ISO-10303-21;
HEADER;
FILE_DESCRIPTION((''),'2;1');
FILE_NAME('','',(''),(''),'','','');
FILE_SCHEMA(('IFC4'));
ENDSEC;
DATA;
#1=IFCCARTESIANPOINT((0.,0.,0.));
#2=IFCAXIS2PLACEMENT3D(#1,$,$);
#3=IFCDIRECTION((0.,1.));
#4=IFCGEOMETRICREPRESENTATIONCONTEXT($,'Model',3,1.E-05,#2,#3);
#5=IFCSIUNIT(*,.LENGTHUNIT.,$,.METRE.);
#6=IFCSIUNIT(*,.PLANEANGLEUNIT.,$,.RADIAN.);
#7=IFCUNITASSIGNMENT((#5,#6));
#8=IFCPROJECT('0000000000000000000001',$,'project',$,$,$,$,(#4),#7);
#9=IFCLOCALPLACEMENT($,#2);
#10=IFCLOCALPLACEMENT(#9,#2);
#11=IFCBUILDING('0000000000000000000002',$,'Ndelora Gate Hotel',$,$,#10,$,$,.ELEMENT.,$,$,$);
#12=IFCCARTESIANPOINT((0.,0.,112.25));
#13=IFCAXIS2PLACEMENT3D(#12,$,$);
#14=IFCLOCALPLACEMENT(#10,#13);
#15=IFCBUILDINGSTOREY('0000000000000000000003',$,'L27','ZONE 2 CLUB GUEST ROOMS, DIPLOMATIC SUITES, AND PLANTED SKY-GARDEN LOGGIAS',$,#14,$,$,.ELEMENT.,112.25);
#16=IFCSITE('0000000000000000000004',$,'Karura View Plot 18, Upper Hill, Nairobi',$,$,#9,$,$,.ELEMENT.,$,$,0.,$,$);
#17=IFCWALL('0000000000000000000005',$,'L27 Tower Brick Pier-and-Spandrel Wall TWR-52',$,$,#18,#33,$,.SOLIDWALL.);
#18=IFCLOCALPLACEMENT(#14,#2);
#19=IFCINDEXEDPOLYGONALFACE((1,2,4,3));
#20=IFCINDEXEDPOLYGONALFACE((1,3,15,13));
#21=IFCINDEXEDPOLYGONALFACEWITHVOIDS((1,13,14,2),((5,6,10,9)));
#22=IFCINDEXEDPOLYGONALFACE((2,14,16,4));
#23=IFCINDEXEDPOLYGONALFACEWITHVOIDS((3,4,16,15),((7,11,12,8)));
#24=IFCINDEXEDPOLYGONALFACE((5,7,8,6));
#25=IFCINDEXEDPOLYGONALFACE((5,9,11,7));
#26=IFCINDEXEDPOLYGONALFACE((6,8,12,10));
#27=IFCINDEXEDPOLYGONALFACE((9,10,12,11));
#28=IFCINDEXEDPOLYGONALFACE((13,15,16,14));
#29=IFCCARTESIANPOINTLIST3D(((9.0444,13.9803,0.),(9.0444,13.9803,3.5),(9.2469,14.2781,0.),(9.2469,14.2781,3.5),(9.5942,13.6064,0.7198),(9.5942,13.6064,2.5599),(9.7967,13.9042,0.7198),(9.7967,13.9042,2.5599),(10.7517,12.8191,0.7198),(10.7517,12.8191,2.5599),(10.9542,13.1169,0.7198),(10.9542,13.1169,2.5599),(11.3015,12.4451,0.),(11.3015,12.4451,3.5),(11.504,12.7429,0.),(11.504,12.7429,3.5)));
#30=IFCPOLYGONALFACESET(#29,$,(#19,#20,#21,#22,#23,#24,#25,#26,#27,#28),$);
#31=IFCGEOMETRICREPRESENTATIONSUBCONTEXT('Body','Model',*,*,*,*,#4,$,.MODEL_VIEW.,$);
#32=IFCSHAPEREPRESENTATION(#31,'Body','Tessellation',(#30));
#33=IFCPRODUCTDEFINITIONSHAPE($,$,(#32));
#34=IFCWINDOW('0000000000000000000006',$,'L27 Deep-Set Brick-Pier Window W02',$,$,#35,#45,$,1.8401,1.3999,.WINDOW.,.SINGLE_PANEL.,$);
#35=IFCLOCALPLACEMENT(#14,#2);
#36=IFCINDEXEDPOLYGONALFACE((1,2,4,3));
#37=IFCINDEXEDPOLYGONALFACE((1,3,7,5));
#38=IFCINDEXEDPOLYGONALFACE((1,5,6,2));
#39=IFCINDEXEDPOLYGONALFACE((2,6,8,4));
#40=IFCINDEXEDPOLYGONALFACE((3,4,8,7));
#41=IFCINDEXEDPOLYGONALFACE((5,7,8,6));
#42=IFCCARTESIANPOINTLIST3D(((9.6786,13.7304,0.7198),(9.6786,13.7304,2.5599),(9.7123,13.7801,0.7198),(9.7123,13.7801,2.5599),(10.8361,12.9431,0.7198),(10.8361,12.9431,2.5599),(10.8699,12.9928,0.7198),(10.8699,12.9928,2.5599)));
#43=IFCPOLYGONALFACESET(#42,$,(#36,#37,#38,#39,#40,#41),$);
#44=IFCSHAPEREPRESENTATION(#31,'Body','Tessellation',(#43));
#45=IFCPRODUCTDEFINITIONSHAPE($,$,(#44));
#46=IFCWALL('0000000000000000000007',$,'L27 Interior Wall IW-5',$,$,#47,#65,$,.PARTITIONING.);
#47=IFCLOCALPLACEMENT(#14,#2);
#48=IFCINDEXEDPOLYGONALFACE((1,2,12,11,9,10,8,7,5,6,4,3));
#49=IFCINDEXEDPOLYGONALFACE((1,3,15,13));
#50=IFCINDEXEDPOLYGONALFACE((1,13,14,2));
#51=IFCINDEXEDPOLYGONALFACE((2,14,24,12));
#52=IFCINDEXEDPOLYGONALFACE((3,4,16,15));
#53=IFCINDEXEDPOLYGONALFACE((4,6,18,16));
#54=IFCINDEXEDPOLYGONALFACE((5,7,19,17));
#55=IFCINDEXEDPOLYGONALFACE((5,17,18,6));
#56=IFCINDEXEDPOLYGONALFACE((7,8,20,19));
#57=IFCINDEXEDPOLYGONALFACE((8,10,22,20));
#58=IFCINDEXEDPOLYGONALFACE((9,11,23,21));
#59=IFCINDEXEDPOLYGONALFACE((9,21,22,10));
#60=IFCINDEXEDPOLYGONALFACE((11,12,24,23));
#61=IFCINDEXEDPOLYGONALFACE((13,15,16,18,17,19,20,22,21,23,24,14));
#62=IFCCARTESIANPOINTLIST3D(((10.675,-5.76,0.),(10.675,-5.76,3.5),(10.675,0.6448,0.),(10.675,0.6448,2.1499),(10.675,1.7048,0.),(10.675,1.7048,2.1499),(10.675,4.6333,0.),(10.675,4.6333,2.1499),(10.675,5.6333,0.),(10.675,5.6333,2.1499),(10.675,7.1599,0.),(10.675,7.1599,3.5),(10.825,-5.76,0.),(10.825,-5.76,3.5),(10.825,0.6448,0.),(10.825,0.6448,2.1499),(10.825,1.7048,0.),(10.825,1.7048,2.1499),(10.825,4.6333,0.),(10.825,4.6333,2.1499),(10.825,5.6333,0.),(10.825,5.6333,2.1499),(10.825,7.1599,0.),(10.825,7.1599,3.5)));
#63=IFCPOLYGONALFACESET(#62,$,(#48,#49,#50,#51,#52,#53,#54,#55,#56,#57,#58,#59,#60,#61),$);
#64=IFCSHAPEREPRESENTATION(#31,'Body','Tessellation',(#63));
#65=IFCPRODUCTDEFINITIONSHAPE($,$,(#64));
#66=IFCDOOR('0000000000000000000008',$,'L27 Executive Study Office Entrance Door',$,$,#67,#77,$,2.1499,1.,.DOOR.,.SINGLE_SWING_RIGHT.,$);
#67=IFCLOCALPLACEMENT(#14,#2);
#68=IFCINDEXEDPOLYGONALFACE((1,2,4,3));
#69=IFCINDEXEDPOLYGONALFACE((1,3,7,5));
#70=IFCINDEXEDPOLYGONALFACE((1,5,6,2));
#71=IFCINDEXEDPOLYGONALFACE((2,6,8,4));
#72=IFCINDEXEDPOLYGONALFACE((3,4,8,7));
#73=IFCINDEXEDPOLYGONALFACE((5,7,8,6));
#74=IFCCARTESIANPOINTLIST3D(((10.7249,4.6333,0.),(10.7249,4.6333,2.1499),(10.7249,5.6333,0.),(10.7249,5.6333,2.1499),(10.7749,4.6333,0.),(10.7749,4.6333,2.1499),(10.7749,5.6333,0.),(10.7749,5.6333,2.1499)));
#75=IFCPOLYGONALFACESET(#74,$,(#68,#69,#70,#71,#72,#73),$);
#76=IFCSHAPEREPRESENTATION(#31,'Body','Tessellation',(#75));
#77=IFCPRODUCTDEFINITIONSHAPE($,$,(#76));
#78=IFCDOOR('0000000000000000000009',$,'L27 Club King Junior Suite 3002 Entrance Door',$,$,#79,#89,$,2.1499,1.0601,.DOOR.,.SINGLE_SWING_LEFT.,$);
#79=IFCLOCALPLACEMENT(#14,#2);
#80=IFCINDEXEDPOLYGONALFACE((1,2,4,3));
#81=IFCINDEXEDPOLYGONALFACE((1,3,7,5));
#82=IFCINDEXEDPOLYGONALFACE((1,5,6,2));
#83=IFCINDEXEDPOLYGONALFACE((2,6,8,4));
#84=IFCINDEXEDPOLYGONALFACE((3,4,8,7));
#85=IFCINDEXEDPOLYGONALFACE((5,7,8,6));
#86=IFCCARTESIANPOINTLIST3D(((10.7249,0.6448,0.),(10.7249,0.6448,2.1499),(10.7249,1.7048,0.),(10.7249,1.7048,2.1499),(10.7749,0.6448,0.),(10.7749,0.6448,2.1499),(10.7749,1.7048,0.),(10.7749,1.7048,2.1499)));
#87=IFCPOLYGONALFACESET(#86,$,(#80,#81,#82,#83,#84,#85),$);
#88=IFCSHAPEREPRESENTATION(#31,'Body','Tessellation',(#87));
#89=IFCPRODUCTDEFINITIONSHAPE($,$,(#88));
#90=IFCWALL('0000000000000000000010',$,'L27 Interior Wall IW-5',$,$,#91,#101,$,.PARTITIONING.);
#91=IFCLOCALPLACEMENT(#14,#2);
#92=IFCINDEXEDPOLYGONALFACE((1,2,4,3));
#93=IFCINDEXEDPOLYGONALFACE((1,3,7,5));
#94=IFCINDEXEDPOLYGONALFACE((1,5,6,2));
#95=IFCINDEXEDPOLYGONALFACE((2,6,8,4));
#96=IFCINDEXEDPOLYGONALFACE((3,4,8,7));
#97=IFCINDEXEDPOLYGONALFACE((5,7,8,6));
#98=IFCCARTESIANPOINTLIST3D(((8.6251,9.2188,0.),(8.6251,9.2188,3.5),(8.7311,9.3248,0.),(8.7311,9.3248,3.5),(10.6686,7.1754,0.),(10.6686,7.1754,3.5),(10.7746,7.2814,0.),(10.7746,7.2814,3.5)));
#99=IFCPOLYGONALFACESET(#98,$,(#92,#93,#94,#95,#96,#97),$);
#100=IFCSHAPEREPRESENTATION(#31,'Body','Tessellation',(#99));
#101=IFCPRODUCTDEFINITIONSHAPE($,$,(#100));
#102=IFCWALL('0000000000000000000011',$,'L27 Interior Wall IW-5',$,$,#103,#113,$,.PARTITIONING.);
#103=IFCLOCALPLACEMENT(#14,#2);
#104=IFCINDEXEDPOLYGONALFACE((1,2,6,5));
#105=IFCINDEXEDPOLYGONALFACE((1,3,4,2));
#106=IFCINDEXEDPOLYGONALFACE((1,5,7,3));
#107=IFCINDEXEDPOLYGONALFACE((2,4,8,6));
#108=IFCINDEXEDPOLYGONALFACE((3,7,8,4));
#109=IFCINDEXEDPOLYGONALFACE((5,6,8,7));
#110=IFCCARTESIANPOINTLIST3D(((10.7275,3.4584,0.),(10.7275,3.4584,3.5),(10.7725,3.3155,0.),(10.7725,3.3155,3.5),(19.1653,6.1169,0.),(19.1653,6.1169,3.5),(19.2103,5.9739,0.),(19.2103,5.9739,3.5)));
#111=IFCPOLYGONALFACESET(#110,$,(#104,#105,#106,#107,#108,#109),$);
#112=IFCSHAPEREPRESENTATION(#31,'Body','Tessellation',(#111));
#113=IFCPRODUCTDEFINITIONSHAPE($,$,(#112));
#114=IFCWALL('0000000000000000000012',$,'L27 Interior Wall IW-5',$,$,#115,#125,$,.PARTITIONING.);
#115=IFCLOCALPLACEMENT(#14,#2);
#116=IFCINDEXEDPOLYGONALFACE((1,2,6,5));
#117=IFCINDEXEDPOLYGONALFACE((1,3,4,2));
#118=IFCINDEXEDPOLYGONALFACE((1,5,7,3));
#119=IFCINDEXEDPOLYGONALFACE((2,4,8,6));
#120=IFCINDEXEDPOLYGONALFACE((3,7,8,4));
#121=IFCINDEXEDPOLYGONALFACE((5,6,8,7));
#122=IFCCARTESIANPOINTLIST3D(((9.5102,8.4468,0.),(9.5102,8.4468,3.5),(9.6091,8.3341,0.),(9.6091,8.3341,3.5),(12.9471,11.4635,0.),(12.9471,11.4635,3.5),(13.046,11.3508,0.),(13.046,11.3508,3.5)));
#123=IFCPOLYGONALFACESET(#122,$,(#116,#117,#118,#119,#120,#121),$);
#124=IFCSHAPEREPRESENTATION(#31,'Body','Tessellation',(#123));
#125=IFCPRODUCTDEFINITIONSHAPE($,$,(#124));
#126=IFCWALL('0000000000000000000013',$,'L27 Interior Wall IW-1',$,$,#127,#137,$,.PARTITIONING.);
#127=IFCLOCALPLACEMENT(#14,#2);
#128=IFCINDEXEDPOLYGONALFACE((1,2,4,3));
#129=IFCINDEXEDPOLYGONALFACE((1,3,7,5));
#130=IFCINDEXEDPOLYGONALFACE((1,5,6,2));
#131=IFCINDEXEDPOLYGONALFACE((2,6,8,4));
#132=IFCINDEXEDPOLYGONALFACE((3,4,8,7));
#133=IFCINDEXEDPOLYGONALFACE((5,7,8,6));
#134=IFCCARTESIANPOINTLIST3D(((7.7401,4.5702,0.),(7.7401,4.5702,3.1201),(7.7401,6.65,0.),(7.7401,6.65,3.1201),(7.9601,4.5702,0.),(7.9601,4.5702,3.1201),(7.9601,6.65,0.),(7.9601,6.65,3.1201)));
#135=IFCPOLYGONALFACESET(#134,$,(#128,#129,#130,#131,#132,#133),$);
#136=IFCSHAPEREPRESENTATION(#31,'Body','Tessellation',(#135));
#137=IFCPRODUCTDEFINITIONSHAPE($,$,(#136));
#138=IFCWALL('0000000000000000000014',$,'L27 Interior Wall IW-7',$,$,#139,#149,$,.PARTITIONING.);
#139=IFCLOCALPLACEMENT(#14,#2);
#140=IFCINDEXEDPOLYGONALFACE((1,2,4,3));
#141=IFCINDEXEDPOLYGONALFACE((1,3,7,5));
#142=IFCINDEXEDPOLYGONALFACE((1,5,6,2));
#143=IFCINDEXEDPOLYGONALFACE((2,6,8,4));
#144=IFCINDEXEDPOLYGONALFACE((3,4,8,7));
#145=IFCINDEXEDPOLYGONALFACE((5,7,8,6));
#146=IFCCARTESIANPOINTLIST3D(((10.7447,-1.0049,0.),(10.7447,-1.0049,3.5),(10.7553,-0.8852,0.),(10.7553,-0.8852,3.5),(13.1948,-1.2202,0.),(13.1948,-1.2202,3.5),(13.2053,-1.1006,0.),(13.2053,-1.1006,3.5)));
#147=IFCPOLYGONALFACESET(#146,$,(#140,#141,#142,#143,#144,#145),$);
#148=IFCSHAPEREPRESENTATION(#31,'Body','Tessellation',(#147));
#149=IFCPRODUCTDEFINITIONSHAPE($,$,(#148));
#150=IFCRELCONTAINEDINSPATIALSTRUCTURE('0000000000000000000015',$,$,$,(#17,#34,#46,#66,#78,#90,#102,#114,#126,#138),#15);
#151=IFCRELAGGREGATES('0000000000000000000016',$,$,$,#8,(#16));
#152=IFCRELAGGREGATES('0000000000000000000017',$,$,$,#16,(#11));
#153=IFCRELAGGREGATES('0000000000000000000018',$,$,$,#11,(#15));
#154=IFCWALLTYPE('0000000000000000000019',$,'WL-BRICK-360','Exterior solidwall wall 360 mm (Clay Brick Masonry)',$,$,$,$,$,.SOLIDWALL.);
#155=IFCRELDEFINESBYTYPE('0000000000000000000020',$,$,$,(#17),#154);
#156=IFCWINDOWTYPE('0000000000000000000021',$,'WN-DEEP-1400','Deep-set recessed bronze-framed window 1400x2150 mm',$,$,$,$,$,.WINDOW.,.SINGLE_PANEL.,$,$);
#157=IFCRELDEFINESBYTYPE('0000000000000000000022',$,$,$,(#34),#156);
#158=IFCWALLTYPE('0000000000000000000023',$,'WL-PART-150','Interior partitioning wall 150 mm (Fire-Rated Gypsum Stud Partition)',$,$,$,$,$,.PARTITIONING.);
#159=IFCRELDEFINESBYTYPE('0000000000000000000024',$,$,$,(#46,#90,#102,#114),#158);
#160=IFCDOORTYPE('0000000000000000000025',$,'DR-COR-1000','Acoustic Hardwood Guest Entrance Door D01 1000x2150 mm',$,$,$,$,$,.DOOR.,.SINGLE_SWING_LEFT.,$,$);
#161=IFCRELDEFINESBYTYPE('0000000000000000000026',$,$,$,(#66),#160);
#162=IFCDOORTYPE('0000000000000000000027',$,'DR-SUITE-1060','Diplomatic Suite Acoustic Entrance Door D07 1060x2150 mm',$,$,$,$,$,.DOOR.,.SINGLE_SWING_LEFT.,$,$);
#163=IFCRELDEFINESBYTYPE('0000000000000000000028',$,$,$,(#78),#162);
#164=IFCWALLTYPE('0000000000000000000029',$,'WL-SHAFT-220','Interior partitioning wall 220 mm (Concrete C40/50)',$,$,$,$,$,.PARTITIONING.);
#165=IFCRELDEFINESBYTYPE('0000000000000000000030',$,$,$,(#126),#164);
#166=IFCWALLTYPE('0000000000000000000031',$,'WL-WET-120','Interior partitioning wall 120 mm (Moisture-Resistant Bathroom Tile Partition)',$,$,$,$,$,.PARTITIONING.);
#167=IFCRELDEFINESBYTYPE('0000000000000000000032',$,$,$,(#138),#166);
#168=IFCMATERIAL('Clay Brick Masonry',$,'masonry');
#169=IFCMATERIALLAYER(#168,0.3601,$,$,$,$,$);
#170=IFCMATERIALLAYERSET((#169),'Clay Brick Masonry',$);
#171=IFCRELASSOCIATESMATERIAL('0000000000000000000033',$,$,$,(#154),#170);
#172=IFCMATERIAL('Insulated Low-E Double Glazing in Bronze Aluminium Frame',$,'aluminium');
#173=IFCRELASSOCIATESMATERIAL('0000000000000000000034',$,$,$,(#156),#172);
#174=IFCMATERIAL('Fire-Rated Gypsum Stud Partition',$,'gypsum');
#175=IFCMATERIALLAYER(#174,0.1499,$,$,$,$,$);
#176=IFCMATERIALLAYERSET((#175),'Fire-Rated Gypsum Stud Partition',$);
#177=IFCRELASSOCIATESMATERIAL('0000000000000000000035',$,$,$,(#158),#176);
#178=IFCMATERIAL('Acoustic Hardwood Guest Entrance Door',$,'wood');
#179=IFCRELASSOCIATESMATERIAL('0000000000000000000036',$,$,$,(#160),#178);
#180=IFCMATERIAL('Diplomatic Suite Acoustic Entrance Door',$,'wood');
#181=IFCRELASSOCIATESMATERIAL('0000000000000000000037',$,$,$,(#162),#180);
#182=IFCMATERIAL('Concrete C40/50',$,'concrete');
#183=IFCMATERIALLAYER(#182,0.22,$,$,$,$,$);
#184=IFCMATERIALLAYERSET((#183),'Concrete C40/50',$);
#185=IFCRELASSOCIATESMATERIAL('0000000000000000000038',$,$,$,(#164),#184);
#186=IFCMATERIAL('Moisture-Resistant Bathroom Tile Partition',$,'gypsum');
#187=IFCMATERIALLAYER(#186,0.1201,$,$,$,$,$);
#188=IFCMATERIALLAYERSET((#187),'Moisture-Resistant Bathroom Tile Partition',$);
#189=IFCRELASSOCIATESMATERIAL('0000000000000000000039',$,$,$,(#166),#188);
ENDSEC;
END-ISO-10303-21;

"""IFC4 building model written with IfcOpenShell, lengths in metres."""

from ifc_helpers import new_model, si_unit, direction, frame, frame_2d, origin, place, context, subcontext, project, spatial, rectangle, extrude, material, layer, layer_set, type_object, element, fill, save


model = new_model("IFC4")

# Units and contexts
model_context = context("Model", 3, precision=1e-05, world=origin(), true_north=direction((0.0, 1.0)))
body_context = subcontext(model_context, "Body", "Model", "MODEL_VIEW")
ifc_project = project(units=[si_unit("LENGTHUNIT", "METRE"), si_unit("PLANEANGLEUNIT", "RADIAN")], contexts=[model_context])

# Site, building, storey
site_placement = place(None, origin())
site = spatial("IfcSite", under=ifc_project, at=site_placement, Name="Karura View Plot 18, Upper Hill, Nairobi", CompositionType="ELEMENT", RefElevation=0.0)
building_placement = place(site_placement, origin())
building = spatial("IfcBuilding", under=site, at=building_placement, Name="Ndelora Gate Hotel", CompositionType="ELEMENT")
storey_placement = place(building_placement, frame((0.0, 0.0, 112.25)))
storey = spatial("IfcBuildingStorey", under=building, at=storey_placement, Name="L27", Description="ZONE 2 CLUB GUEST ROOMS, DIPLOMATIC SUITES, AND PLANTED SKY-GARDEN LOGGIAS", CompositionType="ELEMENT", Elevation=112.25)

# Wall, opening, window
ifc_material_1 = material(Name="Clay Brick Masonry", Category="masonry")
ifc_layer_1 = layer(ifc_material_1, 0.3601)
ifc_layer_set_1 = layer_set([ifc_layer_1], Name="Clay Brick Masonry")
wall_type_1 = type_object("IfcWallType", Name="WL-BRICK-360", Description="Exterior solidwall wall 360 mm (Clay Brick Masonry)", PredefinedType="SOLIDWALL", material=ifc_layer_set_1)
ifc_material_2 = material(Name="Insulated Low-E Double Glazing in Bronze Aluminium Frame", Category="aluminium")
window_type = type_object("IfcWindowType", Name="WN-DEEP-1400", Description="Deep-set recessed bronze-framed window 1400x2150 mm", PartitioningType="SINGLE_PANEL", PredefinedType="WINDOW", material=ifc_material_2)
wall_1_placement = place(storey_placement, frame((9.1458, 14.1292, 0.0), z_axis=(0.0, 0.0, 1.0), x_axis=(0.826868, -0.562396, 0.0)))
wall_1 = element("IfcWall", 1, at=wall_1_placement, inside=storey, type_object=wall_type_1, Name="L27 Tower Brick Pier-and-Spandrel Wall TWR-52", PredefinedType="SOLIDWALL", context=body_context, shape_type="SweptSolid", body=[
    extrude(rectangle(XDim=2.7297, YDim=0.3601, at=frame_2d((1.3647, 0.0))), origin(), (0.0, 0.0, 1.0), 3.5),
])
opening_1_placement = place(wall_1_placement, frame((0.6648, 0.0, 0.72)))
opening_1 = element("IfcOpeningElement", 2, at=opening_1_placement, cuts=wall_1, PredefinedType="OPENING", context=body_context, shape_type="SweptSolid", body=[
    extrude(rectangle(XDim=1.3999, YDim=1.8401, at=frame_2d((0.7, 0.9199))), frame((0.0, 0.1899, 0.0), z_axis=(0.0, -1.0, 0.0), x_axis=(1.0, 0.0, 0.0)), (0.0, 0.0, 1.0), 0.3801),
])
window_1_placement = place(opening_1_placement, origin())
window_1 = element("IfcWindow", 3, at=window_1_placement, inside=storey, type_object=window_type, Name="L27 Deep-Set Brick-Pier Window W02", OverallHeight=1.8401, OverallWidth=1.3999, PartitioningType="SINGLE_PANEL", PredefinedType="WINDOW", context=body_context, shape_type="SweptSolid", body=[
    extrude(rectangle(XDim=1.3999, YDim=1.8401, at=frame_2d((0.7, 0.9199))), frame((0.0, 0.03, 0.0), z_axis=(0.0, -1.0, 0.0), x_axis=(1.0, 0.0, 0.0)), (0.0, 0.0, 1.0), 0.0601),
])
fill(opening_1, window_1)

# Shared definitions
ifc_material_3 = material(Name="Concrete C40/50", Category="concrete")

# Wall, openings, doors
ifc_material_4 = material(Name="Fire-Rated Gypsum Stud Partition", Category="gypsum")
ifc_layer_2 = layer(ifc_material_4, 0.1499)
ifc_layer_set_2 = layer_set([ifc_layer_2], Name="Fire-Rated Gypsum Stud Partition")
wall_type_2 = type_object("IfcWallType", Name="WL-PART-150", Description="Interior partitioning wall 150 mm (Fire-Rated Gypsum Stud Partition)", PredefinedType="PARTITIONING", material=ifc_layer_set_2)
wall_2_placement = place(storey_placement, frame((10.75, 7.1599, 0.0), z_axis=(0.0, 0.0, 1.0), x_axis=(0.0, -1.0, 0.0)))
wall_2 = element("IfcWall", 4, at=wall_2_placement, inside=storey, type_object=wall_type_2, Name="L27 Interior Wall IW-5", PredefinedType="PARTITIONING", context=body_context, shape_type="SweptSolid", body=[
    extrude(rectangle(XDim=12.9199, YDim=0.1499, at=frame_2d((6.46, 0.0))), origin(), (0.0, 0.0, 1.0), 3.5),
])
opening_2_placement = place(wall_2_placement, frame((1.5266, 0.0, 0.0)))
opening_2 = element("IfcOpeningElement", 5, at=opening_2_placement, cuts=wall_2, PredefinedType="OPENING", context=body_context, shape_type="SweptSolid", body=[
    extrude(rectangle(XDim=1.0, YDim=2.1499, at=frame_2d((0.5, 1.075))), frame((0.0, 0.085, 0.0), z_axis=(0.0, -1.0, 0.0), x_axis=(1.0, 0.0, 0.0)), (0.0, 0.0, 1.0), 0.1699),
])
opening_3_placement = place(wall_2_placement, frame((5.4551, 0.0, 0.0)))
opening_3 = element("IfcOpeningElement", 6, at=opening_3_placement, cuts=wall_2, PredefinedType="OPENING", context=body_context, shape_type="SweptSolid", body=[
    extrude(rectangle(XDim=1.0601, YDim=2.1499, at=frame_2d((0.53, 1.075))), frame((0.0, 0.085, 0.0), z_axis=(0.0, -1.0, 0.0), x_axis=(1.0, 0.0, 0.0)), (0.0, 0.0, 1.0), 0.1699),
])
ifc_material_5 = material(Name="Acoustic Hardwood Guest Entrance Door", Category="wood")
door_type_1 = type_object("IfcDoorType", Name="DR-COR-1000", Description="Acoustic Hardwood Guest Entrance Door D01 1000x2150 mm", OperationType="SINGLE_SWING_LEFT", PredefinedType="DOOR", material=ifc_material_5)
door_1_placement = place(opening_2_placement, origin())
door_1 = element("IfcDoor", 7, at=door_1_placement, inside=storey, type_object=door_type_1, Name="L27 Executive Study Office Entrance Door", OperationType="SINGLE_SWING_RIGHT", OverallHeight=2.1499, OverallWidth=1.0, PredefinedType="DOOR", context=body_context, shape_type="SweptSolid", body=[
    extrude(rectangle(XDim=1.0, YDim=2.1499, at=frame_2d((0.5, 1.075))), frame((0.0, 0.0249, 0.0), z_axis=(0.0, -1.0, 0.0), x_axis=(1.0, 0.0, 0.0)), (0.0, 0.0, 1.0), 0.05),
])
fill(opening_2, door_1)
ifc_material_6 = material(Name="Diplomatic Suite Acoustic Entrance Door", Category="wood")
door_type_2 = type_object("IfcDoorType", Name="DR-SUITE-1060", Description="Diplomatic Suite Acoustic Entrance Door D07 1060x2150 mm", OperationType="SINGLE_SWING_LEFT", PredefinedType="DOOR", material=ifc_material_6)
door_2_placement = place(opening_3_placement, origin())
door_2 = element("IfcDoor", 8, at=door_2_placement, inside=storey, type_object=door_type_2, Name="L27 Club King Junior Suite 3002 Entrance Door", OperationType="SINGLE_SWING_LEFT", OverallHeight=2.1499, OverallWidth=1.0601, PredefinedType="DOOR", context=body_context, shape_type="SweptSolid", body=[
    extrude(rectangle(XDim=1.0601, YDim=2.1499, at=frame_2d((0.53, 1.075))), frame((0.0, 0.0249, 0.0), z_axis=(0.0, -1.0, 0.0), x_axis=(1.0, 0.0, 0.0)), (0.0, 0.0, 1.0), 0.05),
])
fill(opening_3, door_2)

# Walls
wall_3_placement = place(storey_placement, frame((8.6782, 9.2717, 0.0), z_axis=(0.0, 0.0, 1.0), x_axis=(0.707107, -0.707107, 0.0)))
element("IfcWall", 9, at=wall_3_placement, inside=storey, type_object=wall_type_2, Name="L27 Interior Wall IW-5", PredefinedType="PARTITIONING", context=body_context, shape_type="SweptSolid", body=[
    extrude(rectangle(XDim=2.8899, YDim=0.1499, at=frame_2d((1.4448, 0.0))), origin(), (0.0, 0.0, 1.0), 3.5),
])
wall_4_placement = place(storey_placement, frame((10.75, 3.387, 0.0), z_axis=(0.0, 0.0, 1.0), x_axis=(0.953781, 0.300504, 0.0)))
element("IfcWall", 10, at=wall_4_placement, inside=storey, type_object=wall_type_2, Name="L27 Interior Wall IW-5", PredefinedType="PARTITIONING", context=body_context, shape_type="SweptSolid", body=[
    extrude(rectangle(XDim=8.8467, YDim=0.1499, at=frame_2d((4.4233, 0.0))), origin(), (0.0, 0.0, 1.0), 3.5),
])
wall_5_placement = place(storey_placement, frame((9.5596, 8.3904, 0.0), z_axis=(0.0, 0.0, 1.0), x_axis=(0.751554, 0.659672, 0.0)))
element("IfcWall", 11, at=wall_5_placement, inside=storey, type_object=wall_type_2, Name="L27 Interior Wall IW-5", PredefinedType="PARTITIONING", context=body_context, shape_type="SweptSolid", body=[
    extrude(rectangle(XDim=4.573, YDim=0.1499, at=frame_2d((2.2866, 0.0))), origin(), (0.0, 0.0, 1.0), 3.5),
])
ifc_layer_3 = layer(ifc_material_3, 0.22)
ifc_layer_set_3 = layer_set([ifc_layer_3], Name="Concrete C40/50")
wall_type_3 = type_object("IfcWallType", Name="WL-SHAFT-220", Description="Interior partitioning wall 220 mm (Concrete C40/50)", PredefinedType="PARTITIONING", material=ifc_layer_set_3)
wall_6_placement = place(storey_placement, frame((7.8501, 4.5701, 0.0), z_axis=(0.0, 0.0, 1.0), x_axis=(0.0, 1.0, 0.0)))
element("IfcWall", 12, at=wall_6_placement, inside=storey, type_object=wall_type_3, Name="L27 Interior Wall IW-1", PredefinedType="PARTITIONING", context=body_context, shape_type="SweptSolid", body=[
    extrude(rectangle(XDim=2.0798, YDim=0.22, at=frame_2d((1.04, 0.0))), origin(), (0.0, 0.0, 1.0), 3.1201),
])
ifc_material_7 = material(Name="Moisture-Resistant Bathroom Tile Partition", Category="gypsum")
ifc_layer_4 = layer(ifc_material_7, 0.1201)
ifc_layer_set_4 = layer_set([ifc_layer_4], Name="Moisture-Resistant Bathroom Tile Partition")
wall_type_4 = type_object("IfcWallType", Name="WL-WET-120", Description="Interior partitioning wall 120 mm (Moisture-Resistant Bathroom Tile Partition)", PredefinedType="PARTITIONING", material=ifc_layer_set_4)
wall_7_placement = place(storey_placement, frame((10.75, -0.9451, 0.0), z_axis=(0.0, 0.0, 1.0), x_axis=(0.99616, -0.087555, 0.0)))
element("IfcWall", 13, at=wall_7_placement, inside=storey, type_object=wall_type_4, Name="L27 Interior Wall IW-7", PredefinedType="PARTITIONING", context=body_context, shape_type="SweptSolid", body=[
    extrude(rectangle(XDim=2.4595, YDim=0.1201, at=frame_2d((1.2297, 0.0))), origin(), (0.0, 0.0, 1.0), 3.5),
])

save(model, "model.ifc")
